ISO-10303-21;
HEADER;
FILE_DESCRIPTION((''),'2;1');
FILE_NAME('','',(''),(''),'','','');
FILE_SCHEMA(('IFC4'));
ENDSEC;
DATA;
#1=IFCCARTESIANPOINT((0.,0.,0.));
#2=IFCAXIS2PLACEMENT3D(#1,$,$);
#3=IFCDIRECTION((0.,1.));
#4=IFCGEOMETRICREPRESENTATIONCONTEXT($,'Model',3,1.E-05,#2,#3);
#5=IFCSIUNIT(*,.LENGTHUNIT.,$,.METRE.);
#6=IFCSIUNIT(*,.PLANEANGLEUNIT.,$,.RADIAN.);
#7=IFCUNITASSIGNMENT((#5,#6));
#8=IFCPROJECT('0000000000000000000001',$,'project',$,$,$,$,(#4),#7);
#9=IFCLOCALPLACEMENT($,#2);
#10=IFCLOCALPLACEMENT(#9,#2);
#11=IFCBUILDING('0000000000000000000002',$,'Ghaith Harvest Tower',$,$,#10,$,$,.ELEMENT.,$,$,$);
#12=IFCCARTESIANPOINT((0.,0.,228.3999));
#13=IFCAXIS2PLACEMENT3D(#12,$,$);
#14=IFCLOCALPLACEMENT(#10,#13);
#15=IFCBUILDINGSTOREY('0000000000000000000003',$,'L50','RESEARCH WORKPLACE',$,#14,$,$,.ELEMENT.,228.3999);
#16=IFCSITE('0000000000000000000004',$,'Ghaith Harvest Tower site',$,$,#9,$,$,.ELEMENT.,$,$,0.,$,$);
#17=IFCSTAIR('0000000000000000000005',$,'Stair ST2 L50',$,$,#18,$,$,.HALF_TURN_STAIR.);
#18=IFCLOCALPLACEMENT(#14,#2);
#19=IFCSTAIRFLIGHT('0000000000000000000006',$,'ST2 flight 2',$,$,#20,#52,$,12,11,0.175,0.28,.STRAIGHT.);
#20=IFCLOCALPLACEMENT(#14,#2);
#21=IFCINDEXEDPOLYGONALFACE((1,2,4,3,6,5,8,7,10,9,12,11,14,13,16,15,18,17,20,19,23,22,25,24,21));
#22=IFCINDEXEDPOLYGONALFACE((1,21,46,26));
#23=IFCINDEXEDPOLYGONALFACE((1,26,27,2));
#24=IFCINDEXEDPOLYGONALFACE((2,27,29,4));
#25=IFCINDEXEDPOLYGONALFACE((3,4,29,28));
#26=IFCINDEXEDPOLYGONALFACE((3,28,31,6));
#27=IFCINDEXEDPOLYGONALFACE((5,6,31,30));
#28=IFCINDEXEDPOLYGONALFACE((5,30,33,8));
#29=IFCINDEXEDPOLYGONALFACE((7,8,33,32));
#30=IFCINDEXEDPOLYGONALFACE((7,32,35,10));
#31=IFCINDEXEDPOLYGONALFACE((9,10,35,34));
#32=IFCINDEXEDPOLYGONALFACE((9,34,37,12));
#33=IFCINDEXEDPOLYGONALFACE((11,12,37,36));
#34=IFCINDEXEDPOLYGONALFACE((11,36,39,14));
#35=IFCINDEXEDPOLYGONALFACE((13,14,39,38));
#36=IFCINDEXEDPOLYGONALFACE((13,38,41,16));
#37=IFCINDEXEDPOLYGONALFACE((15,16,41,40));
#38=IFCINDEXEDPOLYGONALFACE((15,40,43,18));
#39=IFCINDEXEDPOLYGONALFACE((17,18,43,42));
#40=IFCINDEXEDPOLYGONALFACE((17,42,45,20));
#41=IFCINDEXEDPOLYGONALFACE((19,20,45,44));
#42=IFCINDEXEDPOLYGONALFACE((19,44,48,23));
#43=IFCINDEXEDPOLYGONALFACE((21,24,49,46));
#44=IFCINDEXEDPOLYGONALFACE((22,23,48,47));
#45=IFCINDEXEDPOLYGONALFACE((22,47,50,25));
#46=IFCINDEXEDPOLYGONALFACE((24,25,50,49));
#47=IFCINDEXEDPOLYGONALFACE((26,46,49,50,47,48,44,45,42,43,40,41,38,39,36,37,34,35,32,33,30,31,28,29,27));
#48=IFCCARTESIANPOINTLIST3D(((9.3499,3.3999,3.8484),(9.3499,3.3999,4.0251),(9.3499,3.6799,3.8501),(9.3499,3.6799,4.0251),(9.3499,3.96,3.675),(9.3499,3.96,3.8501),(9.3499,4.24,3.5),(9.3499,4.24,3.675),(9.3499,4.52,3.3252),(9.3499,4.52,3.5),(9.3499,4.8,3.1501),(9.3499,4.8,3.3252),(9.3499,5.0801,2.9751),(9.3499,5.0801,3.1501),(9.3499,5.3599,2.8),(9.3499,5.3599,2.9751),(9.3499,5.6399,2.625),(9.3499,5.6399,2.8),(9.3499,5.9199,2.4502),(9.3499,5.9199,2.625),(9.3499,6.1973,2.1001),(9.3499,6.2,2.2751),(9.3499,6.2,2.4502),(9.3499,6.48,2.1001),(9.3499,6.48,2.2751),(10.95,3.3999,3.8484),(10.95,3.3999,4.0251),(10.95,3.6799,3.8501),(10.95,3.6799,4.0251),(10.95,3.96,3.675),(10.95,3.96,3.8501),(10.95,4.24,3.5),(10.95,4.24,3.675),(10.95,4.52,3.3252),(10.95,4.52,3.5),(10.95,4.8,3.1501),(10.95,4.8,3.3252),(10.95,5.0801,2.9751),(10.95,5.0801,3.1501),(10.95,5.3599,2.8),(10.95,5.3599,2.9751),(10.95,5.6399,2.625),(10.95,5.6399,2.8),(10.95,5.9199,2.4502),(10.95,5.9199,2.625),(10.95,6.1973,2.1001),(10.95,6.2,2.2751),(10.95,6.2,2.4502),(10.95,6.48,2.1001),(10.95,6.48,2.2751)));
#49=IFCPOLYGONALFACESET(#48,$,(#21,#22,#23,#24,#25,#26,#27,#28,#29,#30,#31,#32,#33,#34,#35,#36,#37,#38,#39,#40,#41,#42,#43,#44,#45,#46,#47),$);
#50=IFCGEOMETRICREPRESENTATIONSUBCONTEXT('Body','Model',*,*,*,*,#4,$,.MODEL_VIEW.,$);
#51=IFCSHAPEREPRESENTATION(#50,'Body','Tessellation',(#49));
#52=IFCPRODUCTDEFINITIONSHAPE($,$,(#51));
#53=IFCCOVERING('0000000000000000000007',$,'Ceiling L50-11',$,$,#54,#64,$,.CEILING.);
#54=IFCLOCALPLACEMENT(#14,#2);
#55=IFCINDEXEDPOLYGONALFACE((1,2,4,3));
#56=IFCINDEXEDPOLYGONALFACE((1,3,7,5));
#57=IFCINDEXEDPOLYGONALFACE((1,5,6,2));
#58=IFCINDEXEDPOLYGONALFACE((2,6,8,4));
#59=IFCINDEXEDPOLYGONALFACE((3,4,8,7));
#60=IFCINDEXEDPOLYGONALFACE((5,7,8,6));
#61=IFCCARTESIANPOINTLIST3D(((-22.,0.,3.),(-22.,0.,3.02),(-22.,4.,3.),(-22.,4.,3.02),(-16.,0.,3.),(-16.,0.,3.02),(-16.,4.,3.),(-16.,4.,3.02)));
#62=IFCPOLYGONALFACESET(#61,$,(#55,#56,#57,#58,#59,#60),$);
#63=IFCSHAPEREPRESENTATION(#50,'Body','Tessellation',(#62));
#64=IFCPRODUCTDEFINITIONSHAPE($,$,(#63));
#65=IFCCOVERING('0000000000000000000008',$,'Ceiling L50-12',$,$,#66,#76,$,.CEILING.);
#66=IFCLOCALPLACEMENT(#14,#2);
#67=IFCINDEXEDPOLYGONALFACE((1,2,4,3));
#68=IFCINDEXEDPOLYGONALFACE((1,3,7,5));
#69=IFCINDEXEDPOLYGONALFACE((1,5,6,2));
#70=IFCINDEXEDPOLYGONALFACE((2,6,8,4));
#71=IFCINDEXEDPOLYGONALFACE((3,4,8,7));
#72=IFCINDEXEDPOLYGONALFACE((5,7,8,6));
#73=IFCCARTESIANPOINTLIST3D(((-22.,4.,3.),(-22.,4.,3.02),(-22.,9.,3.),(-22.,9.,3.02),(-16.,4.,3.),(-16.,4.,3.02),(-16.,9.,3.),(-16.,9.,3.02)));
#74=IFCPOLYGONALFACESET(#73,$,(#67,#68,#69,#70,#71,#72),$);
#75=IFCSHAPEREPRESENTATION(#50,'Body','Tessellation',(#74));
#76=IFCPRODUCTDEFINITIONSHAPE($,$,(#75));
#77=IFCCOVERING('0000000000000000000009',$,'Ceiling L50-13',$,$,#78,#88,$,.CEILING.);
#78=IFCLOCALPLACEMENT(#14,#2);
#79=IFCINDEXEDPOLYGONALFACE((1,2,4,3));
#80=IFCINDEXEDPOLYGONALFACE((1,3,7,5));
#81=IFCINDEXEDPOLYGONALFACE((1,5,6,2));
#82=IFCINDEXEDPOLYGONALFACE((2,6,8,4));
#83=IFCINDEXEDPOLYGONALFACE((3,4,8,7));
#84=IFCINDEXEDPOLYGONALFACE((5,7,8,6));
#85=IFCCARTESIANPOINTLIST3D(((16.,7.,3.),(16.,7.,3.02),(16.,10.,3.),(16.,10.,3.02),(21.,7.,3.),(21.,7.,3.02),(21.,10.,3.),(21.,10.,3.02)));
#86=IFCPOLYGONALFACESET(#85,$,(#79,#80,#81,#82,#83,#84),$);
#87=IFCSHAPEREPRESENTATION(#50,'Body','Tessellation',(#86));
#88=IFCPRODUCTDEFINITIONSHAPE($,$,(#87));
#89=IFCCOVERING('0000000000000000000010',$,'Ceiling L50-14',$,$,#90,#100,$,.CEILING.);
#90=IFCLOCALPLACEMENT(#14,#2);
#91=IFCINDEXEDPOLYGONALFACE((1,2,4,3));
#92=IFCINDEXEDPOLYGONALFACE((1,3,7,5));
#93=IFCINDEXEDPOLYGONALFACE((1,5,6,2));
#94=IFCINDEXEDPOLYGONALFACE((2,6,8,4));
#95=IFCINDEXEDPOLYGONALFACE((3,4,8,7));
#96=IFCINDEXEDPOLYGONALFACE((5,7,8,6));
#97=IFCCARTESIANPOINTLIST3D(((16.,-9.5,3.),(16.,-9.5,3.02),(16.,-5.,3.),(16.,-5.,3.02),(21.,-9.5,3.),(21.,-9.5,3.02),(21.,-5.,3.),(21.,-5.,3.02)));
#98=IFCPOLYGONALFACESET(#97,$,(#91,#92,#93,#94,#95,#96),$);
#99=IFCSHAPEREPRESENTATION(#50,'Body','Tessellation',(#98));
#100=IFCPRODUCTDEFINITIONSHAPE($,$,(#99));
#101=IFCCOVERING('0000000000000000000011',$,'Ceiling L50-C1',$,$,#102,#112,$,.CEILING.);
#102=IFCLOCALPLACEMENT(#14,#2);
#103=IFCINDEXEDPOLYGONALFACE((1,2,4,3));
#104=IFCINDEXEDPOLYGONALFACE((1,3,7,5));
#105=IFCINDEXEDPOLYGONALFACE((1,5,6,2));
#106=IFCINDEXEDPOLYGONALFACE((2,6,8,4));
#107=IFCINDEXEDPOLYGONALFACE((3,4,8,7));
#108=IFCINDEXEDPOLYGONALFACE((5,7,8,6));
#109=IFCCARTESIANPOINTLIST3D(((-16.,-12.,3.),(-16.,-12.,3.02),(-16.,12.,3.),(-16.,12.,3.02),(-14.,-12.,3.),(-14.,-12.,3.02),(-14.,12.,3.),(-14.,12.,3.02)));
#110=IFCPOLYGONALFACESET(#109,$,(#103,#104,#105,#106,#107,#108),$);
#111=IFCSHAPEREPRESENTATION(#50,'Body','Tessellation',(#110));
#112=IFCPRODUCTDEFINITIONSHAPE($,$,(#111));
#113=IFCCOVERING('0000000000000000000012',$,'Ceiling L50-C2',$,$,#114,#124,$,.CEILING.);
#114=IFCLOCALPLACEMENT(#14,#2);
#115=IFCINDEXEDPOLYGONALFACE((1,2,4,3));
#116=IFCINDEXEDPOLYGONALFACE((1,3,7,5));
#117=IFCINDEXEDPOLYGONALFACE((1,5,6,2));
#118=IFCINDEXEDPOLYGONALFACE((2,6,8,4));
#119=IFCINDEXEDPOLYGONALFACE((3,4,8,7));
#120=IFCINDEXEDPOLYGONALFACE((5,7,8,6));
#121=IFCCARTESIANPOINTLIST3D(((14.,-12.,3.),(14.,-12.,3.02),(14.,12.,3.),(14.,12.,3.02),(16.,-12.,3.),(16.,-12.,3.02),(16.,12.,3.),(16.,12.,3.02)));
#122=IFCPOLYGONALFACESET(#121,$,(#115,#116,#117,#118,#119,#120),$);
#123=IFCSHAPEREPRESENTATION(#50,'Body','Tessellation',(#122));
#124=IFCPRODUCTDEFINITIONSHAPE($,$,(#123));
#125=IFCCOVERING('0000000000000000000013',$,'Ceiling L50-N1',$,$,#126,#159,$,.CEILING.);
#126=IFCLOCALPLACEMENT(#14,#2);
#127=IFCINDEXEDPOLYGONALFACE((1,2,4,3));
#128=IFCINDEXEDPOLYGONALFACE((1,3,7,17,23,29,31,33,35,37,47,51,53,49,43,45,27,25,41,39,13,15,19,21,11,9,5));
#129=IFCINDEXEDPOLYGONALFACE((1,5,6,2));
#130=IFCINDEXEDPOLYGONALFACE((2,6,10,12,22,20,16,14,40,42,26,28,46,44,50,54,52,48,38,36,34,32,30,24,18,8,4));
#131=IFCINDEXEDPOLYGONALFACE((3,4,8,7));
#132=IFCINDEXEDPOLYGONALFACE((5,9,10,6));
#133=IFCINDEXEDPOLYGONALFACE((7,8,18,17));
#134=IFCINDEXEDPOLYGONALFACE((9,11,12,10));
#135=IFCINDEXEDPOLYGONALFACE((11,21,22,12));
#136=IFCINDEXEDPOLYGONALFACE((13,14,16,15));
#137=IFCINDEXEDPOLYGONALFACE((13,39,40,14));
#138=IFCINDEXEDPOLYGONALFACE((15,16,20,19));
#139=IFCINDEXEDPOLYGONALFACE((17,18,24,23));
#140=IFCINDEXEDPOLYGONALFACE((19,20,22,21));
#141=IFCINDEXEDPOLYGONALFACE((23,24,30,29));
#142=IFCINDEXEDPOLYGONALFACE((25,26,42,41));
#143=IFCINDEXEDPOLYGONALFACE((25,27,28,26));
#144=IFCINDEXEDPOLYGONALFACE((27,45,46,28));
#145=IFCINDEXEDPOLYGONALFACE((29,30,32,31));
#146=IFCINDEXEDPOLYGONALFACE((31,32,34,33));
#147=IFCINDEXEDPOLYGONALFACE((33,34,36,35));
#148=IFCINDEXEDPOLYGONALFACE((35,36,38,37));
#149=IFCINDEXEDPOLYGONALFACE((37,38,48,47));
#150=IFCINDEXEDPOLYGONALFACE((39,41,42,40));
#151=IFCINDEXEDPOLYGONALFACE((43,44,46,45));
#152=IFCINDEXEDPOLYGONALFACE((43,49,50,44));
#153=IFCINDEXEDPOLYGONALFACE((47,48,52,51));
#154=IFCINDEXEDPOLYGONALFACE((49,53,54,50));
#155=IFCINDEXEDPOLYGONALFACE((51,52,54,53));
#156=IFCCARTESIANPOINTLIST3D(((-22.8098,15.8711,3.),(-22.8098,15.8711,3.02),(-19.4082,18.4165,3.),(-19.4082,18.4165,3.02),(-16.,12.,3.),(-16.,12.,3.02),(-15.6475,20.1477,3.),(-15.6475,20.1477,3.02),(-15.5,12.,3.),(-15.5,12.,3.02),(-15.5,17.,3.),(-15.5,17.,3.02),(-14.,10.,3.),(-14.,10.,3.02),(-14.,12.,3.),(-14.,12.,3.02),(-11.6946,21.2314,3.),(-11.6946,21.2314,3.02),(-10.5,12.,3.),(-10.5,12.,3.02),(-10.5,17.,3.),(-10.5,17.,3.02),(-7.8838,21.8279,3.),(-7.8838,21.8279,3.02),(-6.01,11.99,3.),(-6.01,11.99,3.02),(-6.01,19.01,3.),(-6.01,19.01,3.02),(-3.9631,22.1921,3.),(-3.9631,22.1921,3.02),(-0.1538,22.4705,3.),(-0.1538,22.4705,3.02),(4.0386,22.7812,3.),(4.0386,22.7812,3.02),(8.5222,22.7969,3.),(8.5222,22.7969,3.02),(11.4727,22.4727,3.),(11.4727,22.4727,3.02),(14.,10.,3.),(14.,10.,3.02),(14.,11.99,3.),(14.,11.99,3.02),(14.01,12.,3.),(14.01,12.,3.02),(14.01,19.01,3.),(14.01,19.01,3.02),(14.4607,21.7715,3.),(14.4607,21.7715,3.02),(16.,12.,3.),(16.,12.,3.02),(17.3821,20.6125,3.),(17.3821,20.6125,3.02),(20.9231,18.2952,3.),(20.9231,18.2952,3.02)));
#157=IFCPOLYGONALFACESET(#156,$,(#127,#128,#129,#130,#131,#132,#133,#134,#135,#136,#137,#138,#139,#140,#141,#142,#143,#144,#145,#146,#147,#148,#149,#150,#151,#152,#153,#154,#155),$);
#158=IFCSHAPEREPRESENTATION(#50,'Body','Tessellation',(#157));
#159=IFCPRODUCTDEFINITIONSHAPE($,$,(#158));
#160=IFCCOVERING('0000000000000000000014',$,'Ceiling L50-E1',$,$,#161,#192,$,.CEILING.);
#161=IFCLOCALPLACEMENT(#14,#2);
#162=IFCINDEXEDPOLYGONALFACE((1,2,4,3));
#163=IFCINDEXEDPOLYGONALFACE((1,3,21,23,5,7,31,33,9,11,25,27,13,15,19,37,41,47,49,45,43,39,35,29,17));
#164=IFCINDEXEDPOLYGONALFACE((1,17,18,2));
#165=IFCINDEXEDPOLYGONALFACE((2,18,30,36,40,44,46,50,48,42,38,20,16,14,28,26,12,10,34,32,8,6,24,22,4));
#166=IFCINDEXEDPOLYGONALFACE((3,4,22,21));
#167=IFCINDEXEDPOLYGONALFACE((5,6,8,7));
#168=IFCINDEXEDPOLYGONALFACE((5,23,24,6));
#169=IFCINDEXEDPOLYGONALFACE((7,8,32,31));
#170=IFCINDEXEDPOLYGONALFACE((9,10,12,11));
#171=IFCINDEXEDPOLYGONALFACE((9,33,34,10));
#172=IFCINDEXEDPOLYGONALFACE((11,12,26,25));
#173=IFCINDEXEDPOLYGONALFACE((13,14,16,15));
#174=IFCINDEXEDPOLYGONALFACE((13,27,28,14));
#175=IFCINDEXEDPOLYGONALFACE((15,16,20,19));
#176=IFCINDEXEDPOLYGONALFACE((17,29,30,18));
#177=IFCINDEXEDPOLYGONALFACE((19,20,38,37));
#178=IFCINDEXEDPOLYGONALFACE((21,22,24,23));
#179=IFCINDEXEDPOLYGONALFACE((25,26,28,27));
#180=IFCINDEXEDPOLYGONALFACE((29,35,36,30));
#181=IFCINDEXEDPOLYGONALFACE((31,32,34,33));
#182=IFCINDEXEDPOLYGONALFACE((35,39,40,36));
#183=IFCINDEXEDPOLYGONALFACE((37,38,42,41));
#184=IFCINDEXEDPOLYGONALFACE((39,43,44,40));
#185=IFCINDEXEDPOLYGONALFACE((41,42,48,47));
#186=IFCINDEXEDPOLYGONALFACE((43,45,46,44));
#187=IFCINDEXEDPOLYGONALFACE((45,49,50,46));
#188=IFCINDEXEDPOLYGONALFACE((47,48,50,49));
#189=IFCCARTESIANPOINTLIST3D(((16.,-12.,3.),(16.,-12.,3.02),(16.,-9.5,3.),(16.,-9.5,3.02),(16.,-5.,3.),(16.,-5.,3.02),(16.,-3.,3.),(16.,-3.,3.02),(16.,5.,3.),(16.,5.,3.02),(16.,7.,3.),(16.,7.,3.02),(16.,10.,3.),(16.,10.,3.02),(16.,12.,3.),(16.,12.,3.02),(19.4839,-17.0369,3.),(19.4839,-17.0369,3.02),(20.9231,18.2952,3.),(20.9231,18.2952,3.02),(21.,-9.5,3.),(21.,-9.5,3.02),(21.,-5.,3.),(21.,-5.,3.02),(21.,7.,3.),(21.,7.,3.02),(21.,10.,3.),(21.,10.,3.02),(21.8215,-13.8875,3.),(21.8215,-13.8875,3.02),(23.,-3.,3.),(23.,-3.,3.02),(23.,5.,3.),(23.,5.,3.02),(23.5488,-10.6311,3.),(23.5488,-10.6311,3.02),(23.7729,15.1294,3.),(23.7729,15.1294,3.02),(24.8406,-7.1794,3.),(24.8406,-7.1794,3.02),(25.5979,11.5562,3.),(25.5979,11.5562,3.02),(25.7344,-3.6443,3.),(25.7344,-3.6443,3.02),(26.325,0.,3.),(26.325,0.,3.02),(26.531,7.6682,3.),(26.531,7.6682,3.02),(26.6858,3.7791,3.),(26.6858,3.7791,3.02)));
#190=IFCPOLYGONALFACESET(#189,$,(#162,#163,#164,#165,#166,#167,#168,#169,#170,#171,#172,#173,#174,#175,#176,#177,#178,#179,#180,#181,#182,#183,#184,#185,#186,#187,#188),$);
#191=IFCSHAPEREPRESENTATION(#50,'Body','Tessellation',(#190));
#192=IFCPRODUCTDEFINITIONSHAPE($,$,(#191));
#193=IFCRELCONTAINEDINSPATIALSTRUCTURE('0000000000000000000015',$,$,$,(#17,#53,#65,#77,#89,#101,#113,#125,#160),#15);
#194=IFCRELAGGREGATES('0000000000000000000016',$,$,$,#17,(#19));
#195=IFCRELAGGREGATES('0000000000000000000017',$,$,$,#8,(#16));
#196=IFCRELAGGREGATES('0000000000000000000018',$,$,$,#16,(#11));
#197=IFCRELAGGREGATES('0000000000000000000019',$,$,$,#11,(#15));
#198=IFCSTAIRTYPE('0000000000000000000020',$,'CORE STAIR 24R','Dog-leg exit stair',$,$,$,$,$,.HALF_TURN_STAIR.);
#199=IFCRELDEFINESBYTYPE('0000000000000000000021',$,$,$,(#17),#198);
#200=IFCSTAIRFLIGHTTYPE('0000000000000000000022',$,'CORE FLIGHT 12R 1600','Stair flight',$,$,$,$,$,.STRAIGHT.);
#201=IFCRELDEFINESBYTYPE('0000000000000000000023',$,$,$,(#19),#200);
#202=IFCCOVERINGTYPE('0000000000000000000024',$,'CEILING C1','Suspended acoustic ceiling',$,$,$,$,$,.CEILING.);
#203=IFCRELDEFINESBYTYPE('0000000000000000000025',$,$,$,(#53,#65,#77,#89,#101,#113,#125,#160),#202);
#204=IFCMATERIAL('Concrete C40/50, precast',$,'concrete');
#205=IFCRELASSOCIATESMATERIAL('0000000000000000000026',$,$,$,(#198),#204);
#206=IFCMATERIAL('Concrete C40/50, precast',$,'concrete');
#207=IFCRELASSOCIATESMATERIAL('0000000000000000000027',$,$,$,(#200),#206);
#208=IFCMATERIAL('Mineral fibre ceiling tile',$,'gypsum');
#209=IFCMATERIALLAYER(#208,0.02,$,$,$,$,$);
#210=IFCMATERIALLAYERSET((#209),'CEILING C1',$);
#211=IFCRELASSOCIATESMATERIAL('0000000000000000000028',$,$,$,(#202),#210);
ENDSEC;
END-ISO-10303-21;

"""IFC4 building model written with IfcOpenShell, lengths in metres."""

from ifc_helpers import new_model, si_unit, direction, frame, origin, place, context, subcontext, project, spatial, polyline, outline, extrude, material, layer, layer_set, type_object, element, aggregate, save


model = new_model("IFC4")

# Units and contexts
model_context = context("Model", 3, precision=1e-05, world=origin(), true_north=direction((0.0, 1.0)))
body_context = subcontext(model_context, "Body", "Model", "MODEL_VIEW")
ifc_project = project(units=[si_unit("LENGTHUNIT", "METRE"), si_unit("PLANEANGLEUNIT", "RADIAN")], contexts=[model_context])

# Site, building, storey
site_placement = place(None, origin())
site = spatial("IfcSite", under=ifc_project, at=site_placement, Name="Ghaith Harvest Tower site", CompositionType="ELEMENT", RefElevation=0.0)
building_placement = place(site_placement, origin())
building = spatial("IfcBuilding", under=site, at=building_placement, Name="Ghaith Harvest Tower", CompositionType="ELEMENT")
storey_placement = place(building_placement, frame((0.0, 0.0, 228.3999)))
storey = spatial("IfcBuildingStorey", under=building, at=storey_placement, Name="L50", Description="RESEARCH WORKPLACE", CompositionType="ELEMENT", Elevation=228.3999)

# Stair, stair flight
ifc_material_1 = material(Name="Concrete C40/50, precast", Category="concrete")
stair_type = type_object("IfcStairType", Name="CORE STAIR 24R", Description="Dog-leg exit stair", PredefinedType="HALF_TURN_STAIR", material=ifc_material_1)
stair_placement = place(storey_placement, origin())
stair = element("IfcStair", 1, at=stair_placement, inside=storey, type_object=stair_type, Name="Stair ST2 L50", PredefinedType="HALF_TURN_STAIR")
ifc_material_2 = material(Name="Concrete C40/50, precast", Category="concrete")
stair_flight_type = type_object("IfcStairFlightType", Name="CORE FLIGHT 12R 1600", Description="Stair flight", PredefinedType="STRAIGHT", material=ifc_material_2)
stair_flight_1_placement = place(storey_placement, frame((10.1499, 6.48, 2.1001), z_axis=(0.0, 0.0, 1.0), x_axis=(0.0, -1.0, 0.0)))
stair_flight_1 = element("IfcStairFlight", 2, at=stair_flight_1_placement, type_object=stair_flight_type, Name="ST2 flight 2", NumberOfRisers=12, NumberOfTreads=11, PredefinedType="STRAIGHT", RiserHeight=0.175, TreadLength=0.28, context=body_context, shape_type="SweptSolid", body=[
    extrude(outline(polyline([(0.0, 0.0), (0.0, 0.175), (0.28, 0.175), (0.28, 0.3501), (0.5601, 0.3501), (0.5601, 0.5249), (0.8401, 0.5249), (0.8401, 0.7), (1.1201, 0.7), (1.1201, 0.875), (1.3999, 0.875), (1.3999, 1.05), (1.6799, 1.05), (1.6799, 1.2251), (1.96, 1.2251), (1.96, 1.3999), (2.24, 1.3999), (2.24, 1.575), (2.52, 1.575), (2.52, 1.75), (2.8, 1.75), (2.8, 1.925), (3.0801, 1.925), (3.0801, 2.1001), (3.0801, 1.7483), (0.2827, 0.0), (0.0, 0.0)])), frame((0.0, 0.8, 0.0), z_axis=(0.0, -1.0, 0.0), x_axis=(1.0, 0.0, 0.0)), (0.0, 0.0, 1.0), 1.6001),
])
aggregate(stair, [stair_flight_1])

# Coverings
ifc_material_3 = material(Name="Mineral fibre ceiling tile", Category="gypsum")
ifc_layer_1 = layer(ifc_material_3, 0.02)
ifc_layer_set_1 = layer_set([ifc_layer_1], Name="CEILING C1")
covering_type = type_object("IfcCoveringType", Name="CEILING C1", Description="Suspended acoustic ceiling", PredefinedType="CEILING", material=ifc_layer_set_1)
covering_1_placement = place(storey_placement, frame((0.0, 0.0, 3.0)))
element("IfcCovering", 3, at=covering_1_placement, inside=storey, type_object=covering_type, Name="Ceiling L50-11", PredefinedType="CEILING", context=body_context, shape_type="SweptSolid", body=[
    extrude(outline(polyline([(-22.0, 0.0), (-16.0, 0.0), (-16.0, 4.0), (-22.0, 4.0), (-22.0, 0.0)])), origin(), (0.0, 0.0, 1.0), 0.02),
])
covering_2_placement = place(storey_placement, frame((0.0, 0.0, 3.0)))
element("IfcCovering", 4, at=covering_2_placement, inside=storey, type_object=covering_type, Name="Ceiling L50-12", PredefinedType="CEILING", context=body_context, shape_type="SweptSolid", body=[
    extrude(outline(polyline([(-22.0, 4.0), (-16.0, 4.0), (-16.0, 9.0), (-22.0, 9.0), (-22.0, 4.0)])), origin(), (0.0, 0.0, 1.0), 0.02),
])
covering_3_placement = place(storey_placement, frame((0.0, 0.0, 3.0)))
element("IfcCovering", 5, at=covering_3_placement, inside=storey, type_object=covering_type, Name="Ceiling L50-13", PredefinedType="CEILING", context=body_context, shape_type="SweptSolid", body=[
    extrude(outline(polyline([(16.0, 7.0), (21.0, 7.0), (21.0, 10.0), (16.0, 10.0), (16.0, 7.0)])), origin(), (0.0, 0.0, 1.0), 0.02),
])
covering_4_placement = place(storey_placement, frame((0.0, 0.0, 3.0)))
element("IfcCovering", 6, at=covering_4_placement, inside=storey, type_object=covering_type, Name="Ceiling L50-14", PredefinedType="CEILING", context=body_context, shape_type="SweptSolid", body=[
    extrude(outline(polyline([(16.0, -9.5), (21.0, -9.5), (21.0, -5.0), (16.0, -5.0), (16.0, -9.5)])), origin(), (0.0, 0.0, 1.0), 0.02),
])
covering_5_placement = place(storey_placement, frame((0.0, 0.0, 3.0)))
element("IfcCovering", 7, at=covering_5_placement, inside=storey, type_object=covering_type, Name="Ceiling L50-C1", PredefinedType="CEILING", context=body_context, shape_type="SweptSolid", body=[
    extrude(outline(polyline([(-14.0, 12.0), (-14.0, -12.0), (-16.0, -12.0), (-16.0, 12.0), (-14.0, 12.0)])), origin(), (0.0, 0.0, 1.0), 0.02),
])
covering_6_placement = place(storey_placement, frame((0.0, 0.0, 3.0)))
element("IfcCovering", 8, at=covering_6_placement, inside=storey, type_object=covering_type, Name="Ceiling L50-C2", PredefinedType="CEILING", context=body_context, shape_type="SweptSolid", body=[
    extrude(outline(polyline([(14.0, -12.0), (14.0, 12.0), (16.0, 12.0), (16.0, -12.0), (14.0, -12.0)])), origin(), (0.0, 0.0, 1.0), 0.02),
])
covering_7_placement = place(storey_placement, frame((0.0, 0.0, 3.0)))
element("IfcCovering", 9, at=covering_7_placement, inside=storey, type_object=covering_type, Name="Ceiling L50-N1", PredefinedType="CEILING", context=body_context, shape_type="SweptSolid", body=[
    extrude(outline(polyline([(-15.6475, 20.1477), (-11.6946, 21.2314), (-7.8838, 21.8279), (-3.9631, 22.1921), (-0.1538, 22.4705), (4.0386, 22.7812), (8.5222, 22.7969), (11.4727, 22.4727), (14.4607, 21.7715), (17.3821, 20.6125), (20.9231, 18.2952), (16.0, 12.0), (14.01, 12.0), (14.01, 19.01), (-6.01, 19.01), (-6.01, 11.99), (14.0, 11.99), (14.0, 10.0), (-14.0, 10.0), (-14.0, 12.0), (-10.5, 12.0), (-10.5, 17.0), (-15.5, 17.0), (-15.5, 12.0), (-16.0, 12.0), (-22.8098, 15.8711), (-19.4082, 18.4165), (-15.6475, 20.1477)])), origin(), (0.0, 0.0, 1.0), 0.02),
])
covering_8_placement = place(storey_placement, frame((0.0, 0.0, 3.0)))
element("IfcCovering", 10, at=covering_8_placement, inside=storey, type_object=covering_type, Name="Ceiling L50-E1", PredefinedType="CEILING", context=body_context, shape_type="SweptSolid", body=[
    extrude(outline(polyline([(23.7729, 15.1294), (25.5979, 11.5562), (26.531, 7.6682), (26.6858, 3.7791), (26.325, 0.0), (25.7344, -3.6443), (24.8406, -7.1794), (23.5488, -10.6311), (21.8215, -13.8875), (19.4839, -17.0369), (16.0, -12.0), (16.0, -9.5), (21.0, -9.5), (21.0, -5.0), (16.0, -5.0), (16.0, -3.0), (23.0, -3.0), (23.0, 5.0), (16.0, 5.0), (16.0, 7.0), (21.0, 7.0), (21.0, 10.0), (16.0, 10.0), (16.0, 12.0), (20.9231, 18.2952), (23.7729, 15.1294)])), origin(), (0.0, 0.0, 1.0), 0.02),
])

save(model, "model.ifc")
